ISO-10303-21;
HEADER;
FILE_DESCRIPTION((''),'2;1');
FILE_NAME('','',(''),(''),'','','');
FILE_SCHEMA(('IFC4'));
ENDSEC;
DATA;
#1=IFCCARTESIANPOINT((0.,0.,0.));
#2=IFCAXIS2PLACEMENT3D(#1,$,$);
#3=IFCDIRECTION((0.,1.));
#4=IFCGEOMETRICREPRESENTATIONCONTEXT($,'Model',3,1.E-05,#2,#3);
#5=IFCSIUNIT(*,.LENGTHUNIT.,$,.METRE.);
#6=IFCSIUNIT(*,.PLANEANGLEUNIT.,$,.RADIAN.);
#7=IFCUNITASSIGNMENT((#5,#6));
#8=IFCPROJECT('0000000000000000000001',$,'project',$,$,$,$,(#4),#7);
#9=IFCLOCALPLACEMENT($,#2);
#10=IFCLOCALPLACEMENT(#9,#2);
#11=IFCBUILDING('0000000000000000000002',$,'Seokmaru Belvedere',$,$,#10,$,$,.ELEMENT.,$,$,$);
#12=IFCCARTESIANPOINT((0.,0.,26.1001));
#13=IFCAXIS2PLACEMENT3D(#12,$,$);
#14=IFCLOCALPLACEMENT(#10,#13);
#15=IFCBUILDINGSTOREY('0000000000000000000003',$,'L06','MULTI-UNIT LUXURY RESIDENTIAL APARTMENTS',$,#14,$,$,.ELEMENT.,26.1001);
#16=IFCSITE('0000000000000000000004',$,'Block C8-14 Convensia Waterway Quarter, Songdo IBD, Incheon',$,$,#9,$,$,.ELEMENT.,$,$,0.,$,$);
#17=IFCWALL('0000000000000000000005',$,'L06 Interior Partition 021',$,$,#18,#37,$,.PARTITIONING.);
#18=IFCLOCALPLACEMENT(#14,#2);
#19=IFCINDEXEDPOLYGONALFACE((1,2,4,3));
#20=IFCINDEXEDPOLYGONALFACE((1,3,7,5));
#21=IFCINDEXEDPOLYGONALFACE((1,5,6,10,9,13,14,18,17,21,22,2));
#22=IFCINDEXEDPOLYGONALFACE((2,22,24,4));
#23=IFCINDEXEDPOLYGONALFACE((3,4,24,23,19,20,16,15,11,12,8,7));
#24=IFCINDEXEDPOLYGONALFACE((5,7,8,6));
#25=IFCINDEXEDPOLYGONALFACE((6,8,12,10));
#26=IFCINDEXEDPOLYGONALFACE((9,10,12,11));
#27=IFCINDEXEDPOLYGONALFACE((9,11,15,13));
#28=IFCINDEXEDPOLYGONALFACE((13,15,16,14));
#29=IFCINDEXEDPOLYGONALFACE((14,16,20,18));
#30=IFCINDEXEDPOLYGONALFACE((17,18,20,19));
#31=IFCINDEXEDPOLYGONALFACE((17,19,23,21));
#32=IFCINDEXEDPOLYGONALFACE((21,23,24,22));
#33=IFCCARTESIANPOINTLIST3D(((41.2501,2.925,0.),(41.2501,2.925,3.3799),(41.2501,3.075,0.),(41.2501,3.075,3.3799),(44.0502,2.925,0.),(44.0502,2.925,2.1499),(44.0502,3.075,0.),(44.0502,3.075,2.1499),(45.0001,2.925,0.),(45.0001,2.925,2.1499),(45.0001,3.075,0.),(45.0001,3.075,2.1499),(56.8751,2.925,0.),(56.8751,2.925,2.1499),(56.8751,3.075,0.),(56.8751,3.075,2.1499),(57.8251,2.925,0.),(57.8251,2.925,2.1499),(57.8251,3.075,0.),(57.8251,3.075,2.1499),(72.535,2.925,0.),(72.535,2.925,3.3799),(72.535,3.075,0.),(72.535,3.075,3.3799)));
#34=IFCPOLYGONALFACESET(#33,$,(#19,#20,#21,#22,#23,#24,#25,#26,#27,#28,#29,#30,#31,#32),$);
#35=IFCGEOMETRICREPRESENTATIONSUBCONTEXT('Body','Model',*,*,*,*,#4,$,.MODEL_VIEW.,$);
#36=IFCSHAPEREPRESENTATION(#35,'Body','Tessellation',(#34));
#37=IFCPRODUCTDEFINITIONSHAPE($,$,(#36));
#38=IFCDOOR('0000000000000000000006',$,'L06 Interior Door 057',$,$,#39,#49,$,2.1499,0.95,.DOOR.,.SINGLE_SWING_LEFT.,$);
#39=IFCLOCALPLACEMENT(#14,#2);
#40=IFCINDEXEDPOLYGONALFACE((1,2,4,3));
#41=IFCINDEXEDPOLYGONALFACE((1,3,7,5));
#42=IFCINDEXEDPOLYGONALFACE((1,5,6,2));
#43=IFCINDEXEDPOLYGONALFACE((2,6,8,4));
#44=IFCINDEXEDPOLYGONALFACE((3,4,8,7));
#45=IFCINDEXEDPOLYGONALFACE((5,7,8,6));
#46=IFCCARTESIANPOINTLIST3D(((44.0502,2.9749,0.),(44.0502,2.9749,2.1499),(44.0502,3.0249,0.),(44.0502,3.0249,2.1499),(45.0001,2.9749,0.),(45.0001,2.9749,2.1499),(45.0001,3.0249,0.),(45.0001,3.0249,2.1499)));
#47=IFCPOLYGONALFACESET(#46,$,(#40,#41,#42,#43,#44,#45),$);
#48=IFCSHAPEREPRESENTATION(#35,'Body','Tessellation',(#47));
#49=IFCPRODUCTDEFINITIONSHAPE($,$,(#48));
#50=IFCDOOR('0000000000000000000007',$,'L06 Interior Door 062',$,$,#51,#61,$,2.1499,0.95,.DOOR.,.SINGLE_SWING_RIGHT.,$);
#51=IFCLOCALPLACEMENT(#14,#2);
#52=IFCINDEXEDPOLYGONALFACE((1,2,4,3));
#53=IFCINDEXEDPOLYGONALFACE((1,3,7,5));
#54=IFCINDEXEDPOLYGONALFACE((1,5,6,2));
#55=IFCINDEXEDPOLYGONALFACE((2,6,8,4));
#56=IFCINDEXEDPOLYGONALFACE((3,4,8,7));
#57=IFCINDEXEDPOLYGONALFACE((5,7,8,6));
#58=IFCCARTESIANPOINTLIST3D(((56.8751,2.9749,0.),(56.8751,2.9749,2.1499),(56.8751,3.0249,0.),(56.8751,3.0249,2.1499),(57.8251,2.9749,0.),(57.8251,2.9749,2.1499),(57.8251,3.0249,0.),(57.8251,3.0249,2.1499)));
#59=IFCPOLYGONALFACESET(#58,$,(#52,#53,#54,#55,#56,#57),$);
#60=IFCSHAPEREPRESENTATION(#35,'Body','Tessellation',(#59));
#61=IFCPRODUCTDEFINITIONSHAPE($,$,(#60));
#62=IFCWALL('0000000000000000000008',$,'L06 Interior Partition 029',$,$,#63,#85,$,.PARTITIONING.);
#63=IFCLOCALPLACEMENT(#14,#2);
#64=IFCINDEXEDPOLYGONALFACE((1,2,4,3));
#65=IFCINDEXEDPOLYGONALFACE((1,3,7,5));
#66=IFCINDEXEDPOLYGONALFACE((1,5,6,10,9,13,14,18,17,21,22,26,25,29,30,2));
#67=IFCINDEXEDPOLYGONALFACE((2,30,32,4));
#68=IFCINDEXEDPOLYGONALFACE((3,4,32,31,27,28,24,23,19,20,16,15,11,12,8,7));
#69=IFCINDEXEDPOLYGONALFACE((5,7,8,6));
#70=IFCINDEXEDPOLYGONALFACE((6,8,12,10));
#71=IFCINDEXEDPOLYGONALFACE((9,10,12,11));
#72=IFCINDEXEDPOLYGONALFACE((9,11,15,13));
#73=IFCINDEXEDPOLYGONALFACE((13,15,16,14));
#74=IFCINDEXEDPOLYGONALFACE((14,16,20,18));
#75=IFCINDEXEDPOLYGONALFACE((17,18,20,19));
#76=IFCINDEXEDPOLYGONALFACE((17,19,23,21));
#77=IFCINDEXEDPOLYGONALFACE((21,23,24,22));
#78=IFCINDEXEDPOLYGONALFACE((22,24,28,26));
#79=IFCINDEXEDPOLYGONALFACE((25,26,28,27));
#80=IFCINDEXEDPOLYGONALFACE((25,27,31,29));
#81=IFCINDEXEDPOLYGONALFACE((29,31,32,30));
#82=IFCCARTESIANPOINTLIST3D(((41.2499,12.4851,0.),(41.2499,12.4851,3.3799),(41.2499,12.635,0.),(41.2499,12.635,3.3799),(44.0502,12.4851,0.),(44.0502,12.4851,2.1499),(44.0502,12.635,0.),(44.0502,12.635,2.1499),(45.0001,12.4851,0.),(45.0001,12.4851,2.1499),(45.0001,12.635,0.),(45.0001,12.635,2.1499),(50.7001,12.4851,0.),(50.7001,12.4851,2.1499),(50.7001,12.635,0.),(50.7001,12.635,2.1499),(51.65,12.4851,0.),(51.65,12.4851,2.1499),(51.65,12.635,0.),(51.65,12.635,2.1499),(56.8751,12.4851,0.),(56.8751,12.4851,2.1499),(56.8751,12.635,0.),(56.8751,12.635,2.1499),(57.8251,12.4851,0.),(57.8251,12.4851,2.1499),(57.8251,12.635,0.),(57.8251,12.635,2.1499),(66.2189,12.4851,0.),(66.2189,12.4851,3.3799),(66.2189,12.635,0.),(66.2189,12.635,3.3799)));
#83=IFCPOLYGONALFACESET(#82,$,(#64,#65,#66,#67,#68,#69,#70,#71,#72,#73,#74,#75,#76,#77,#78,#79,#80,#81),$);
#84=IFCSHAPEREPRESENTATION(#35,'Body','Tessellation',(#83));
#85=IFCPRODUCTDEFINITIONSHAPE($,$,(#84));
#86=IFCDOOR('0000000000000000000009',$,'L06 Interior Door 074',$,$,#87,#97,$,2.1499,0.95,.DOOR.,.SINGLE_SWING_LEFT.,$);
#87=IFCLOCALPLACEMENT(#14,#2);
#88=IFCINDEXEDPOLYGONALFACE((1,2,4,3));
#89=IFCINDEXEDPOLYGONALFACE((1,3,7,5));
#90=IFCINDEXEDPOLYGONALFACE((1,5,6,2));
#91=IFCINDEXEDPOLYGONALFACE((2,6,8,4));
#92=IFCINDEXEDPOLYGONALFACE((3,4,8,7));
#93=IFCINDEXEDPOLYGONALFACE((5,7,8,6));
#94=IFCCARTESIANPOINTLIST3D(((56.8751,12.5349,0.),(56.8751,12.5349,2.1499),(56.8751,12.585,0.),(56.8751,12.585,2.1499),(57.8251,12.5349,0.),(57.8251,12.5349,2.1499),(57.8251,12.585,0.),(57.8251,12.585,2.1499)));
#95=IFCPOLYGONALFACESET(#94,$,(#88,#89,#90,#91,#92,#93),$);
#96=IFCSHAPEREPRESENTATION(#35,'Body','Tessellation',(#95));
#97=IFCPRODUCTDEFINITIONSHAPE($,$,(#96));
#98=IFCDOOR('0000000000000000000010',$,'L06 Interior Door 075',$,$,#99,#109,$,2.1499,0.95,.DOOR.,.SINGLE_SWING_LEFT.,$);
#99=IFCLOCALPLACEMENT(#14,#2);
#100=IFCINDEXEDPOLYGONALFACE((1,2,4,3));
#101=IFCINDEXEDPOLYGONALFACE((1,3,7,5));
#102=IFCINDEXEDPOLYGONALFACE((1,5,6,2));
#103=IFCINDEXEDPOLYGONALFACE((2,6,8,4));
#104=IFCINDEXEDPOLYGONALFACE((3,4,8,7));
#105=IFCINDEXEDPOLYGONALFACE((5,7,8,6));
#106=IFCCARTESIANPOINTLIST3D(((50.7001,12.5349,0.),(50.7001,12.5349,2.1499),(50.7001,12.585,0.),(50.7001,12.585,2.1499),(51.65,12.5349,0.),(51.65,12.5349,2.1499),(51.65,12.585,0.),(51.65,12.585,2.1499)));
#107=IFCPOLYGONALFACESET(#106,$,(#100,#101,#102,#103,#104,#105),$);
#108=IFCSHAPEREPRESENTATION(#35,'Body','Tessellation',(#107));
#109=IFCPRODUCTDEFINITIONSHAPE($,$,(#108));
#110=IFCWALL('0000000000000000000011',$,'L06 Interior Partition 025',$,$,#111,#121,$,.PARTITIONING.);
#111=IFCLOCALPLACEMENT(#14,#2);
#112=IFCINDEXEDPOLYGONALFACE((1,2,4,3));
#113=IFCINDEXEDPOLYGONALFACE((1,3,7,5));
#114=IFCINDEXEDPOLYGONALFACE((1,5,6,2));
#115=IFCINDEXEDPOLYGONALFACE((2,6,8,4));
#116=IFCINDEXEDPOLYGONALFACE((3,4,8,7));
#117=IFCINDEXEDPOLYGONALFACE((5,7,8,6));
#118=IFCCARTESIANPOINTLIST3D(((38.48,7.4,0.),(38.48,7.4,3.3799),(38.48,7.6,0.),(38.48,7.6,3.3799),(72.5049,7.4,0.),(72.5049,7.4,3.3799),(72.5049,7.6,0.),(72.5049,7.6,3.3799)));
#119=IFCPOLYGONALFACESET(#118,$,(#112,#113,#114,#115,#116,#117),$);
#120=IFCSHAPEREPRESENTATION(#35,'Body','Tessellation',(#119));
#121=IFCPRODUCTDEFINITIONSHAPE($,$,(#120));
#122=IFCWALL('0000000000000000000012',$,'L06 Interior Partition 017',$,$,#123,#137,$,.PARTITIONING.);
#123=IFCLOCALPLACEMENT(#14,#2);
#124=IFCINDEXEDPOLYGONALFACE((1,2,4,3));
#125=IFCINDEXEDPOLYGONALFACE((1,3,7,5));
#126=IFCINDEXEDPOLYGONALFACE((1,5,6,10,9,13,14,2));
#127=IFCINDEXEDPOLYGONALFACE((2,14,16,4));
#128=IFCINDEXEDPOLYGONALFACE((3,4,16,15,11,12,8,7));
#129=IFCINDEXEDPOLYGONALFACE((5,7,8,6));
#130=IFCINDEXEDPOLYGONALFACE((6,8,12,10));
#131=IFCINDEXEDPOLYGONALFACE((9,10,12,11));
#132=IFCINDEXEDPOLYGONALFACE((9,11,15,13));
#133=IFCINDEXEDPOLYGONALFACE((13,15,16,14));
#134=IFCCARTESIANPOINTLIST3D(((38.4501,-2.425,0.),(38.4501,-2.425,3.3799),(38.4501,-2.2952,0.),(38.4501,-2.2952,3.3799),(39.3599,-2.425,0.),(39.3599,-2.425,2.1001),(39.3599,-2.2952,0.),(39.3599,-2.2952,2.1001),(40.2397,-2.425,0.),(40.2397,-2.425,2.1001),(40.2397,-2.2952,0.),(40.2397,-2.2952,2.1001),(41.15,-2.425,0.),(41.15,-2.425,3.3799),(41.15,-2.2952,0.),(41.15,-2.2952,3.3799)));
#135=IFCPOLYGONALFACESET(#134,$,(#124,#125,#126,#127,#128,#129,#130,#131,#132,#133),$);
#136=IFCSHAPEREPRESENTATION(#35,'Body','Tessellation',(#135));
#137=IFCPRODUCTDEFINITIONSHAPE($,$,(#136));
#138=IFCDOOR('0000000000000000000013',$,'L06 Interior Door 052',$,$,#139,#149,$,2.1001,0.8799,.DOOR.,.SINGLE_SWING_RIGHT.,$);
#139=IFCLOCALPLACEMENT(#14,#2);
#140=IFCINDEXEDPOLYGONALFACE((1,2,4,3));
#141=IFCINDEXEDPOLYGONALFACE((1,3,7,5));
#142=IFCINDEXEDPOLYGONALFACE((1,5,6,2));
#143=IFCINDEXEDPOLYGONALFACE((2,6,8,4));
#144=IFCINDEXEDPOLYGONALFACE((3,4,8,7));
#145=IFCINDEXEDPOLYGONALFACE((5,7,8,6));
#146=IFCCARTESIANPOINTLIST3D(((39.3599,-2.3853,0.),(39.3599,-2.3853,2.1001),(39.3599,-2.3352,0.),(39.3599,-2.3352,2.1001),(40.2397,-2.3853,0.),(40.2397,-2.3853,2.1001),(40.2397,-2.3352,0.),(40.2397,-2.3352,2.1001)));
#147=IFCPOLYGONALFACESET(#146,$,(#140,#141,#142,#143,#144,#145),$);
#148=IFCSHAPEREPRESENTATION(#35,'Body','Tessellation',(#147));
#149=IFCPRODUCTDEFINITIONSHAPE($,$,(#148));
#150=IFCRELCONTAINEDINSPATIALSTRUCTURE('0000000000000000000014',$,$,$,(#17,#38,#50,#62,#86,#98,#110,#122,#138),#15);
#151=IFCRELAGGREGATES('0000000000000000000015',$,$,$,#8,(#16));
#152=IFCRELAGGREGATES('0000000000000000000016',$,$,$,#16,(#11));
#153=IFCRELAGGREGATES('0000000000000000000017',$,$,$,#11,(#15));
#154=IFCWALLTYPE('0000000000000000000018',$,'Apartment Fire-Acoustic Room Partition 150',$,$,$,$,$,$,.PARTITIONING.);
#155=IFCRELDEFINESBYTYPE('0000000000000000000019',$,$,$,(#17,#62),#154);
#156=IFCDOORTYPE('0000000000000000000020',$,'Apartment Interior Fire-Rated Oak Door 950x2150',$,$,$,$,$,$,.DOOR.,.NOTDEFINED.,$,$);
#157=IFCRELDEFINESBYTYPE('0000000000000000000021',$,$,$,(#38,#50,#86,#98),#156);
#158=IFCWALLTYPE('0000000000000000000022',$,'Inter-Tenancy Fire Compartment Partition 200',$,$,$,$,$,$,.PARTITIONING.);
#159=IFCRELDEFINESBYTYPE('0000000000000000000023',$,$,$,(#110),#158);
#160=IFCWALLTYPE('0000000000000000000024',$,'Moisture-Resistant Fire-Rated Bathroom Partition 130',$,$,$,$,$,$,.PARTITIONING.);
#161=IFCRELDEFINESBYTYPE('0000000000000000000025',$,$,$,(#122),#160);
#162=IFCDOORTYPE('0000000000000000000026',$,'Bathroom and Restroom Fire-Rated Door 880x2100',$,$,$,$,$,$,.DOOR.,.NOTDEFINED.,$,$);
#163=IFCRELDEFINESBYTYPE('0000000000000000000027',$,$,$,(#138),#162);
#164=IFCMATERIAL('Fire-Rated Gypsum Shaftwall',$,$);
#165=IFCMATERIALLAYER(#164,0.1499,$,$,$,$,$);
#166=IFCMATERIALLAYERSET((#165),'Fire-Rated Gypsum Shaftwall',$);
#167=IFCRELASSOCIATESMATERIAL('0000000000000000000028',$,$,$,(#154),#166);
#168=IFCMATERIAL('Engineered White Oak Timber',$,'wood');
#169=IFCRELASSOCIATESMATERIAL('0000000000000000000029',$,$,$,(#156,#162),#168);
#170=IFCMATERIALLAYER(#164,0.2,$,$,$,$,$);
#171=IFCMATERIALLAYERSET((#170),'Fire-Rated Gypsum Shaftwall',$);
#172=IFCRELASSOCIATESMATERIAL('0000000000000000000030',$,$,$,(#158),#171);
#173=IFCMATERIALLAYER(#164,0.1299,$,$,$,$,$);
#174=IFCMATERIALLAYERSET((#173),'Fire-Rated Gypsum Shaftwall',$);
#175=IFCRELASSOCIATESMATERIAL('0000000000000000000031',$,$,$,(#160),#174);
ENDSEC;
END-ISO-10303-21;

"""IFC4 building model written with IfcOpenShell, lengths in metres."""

from ifc_helpers import new_model, si_unit, direction, frame, frame_2d, origin, place, context, subcontext, project, spatial, rectangle, extrude, source, transform, mapped, material, layer, layer_set, type_object, type_shapes, element, fill, save


model = new_model("IFC4")

# Units and contexts
model_context = context("Model", 3, precision=1e-05, world=origin(), true_north=direction((0.0, 1.0)))
body_context = subcontext(model_context, "Body", "Model", "MODEL_VIEW")
ifc_project = project(units=[si_unit("LENGTHUNIT", "METRE"), si_unit("PLANEANGLEUNIT", "RADIAN")], contexts=[model_context])

# Site, building, storey
site_placement = place(None, origin())
site = spatial("IfcSite", under=ifc_project, at=site_placement, Name="Block C8-14 Convensia Waterway Quarter, Songdo IBD, Incheon", CompositionType="ELEMENT", RefElevation=0.0)
building_placement = place(site_placement, origin())
building = spatial("IfcBuilding", under=site, at=building_placement, Name="Seokmaru Belvedere", CompositionType="ELEMENT")
storey_placement = place(building_placement, frame((0.0, 0.0, 26.1001)))
storey = spatial("IfcBuildingStorey", under=building, at=storey_placement, Name="L06", Description="MULTI-UNIT LUXURY RESIDENTIAL APARTMENTS", CompositionType="ELEMENT", Elevation=26.1001)

# Wall, openings, doors
ifc_material_1 = material(Name="Fire-Rated Gypsum Shaftwall")
ifc_layer_1 = layer(ifc_material_1, 0.1499)
ifc_layer_set_1 = layer_set([ifc_layer_1], Name="Fire-Rated Gypsum Shaftwall")
wall_type_1 = type_object("IfcWallType", Name="Apartment Fire-Acoustic Room Partition 150", PredefinedType="PARTITIONING", material=ifc_layer_set_1)
ifc_material_2 = material(Name="Engineered White Oak Timber", Category="wood")
door_type_1 = type_object("IfcDoorType", Name="Apartment Interior Fire-Rated Oak Door 950x2150", OperationType="NOTDEFINED", PredefinedType="DOOR", material=ifc_material_2)
shared_shape_1 = source(origin(), body_context, "Body", "SweptSolid", [
    extrude(rectangle(XDim=0.95, YDim=2.1499, at=frame_2d((0.4751, 1.075))), frame((0.0, 0.0249, 0.0), z_axis=(0.0, -1.0, 0.0), x_axis=(1.0, 0.0, 0.0)), (0.0, 0.0, 1.0), 0.05),
])
type_shapes(door_type_1, [shared_shape_1])
wall_1_placement = place(storey_placement, frame((41.25, 3.0, 0.0), z_axis=(0.0, 0.0, 1.0), x_axis=(1.0, 0.0, 0.0)))
wall_1 = element("IfcWall", 1, at=wall_1_placement, inside=storey, type_object=wall_type_1, Name="L06 Interior Partition 021", PredefinedType="PARTITIONING", context=body_context, shape_type="SweptSolid", body=[
    extrude(rectangle(XDim=31.2849, YDim=0.1499, at=frame_2d((15.6426, 0.0))), origin(), (0.0, 0.0, 1.0), 3.3799),
])
opening_1_placement = place(wall_1_placement, frame((2.8, 0.0, 0.0)))
opening_1 = element("IfcOpeningElement", 2, at=opening_1_placement, cuts=wall_1, PredefinedType="OPENING", context=body_context, shape_type="SweptSolid", body=[
    extrude(rectangle(XDim=0.95, YDim=2.1499, at=frame_2d((0.4751, 1.075))), frame((0.0, 0.085, 0.0), z_axis=(0.0, -1.0, 0.0), x_axis=(1.0, 0.0, 0.0)), (0.0, 0.0, 1.0), 0.1699),
])
opening_2_placement = place(wall_1_placement, frame((15.625, 0.0, 0.0)))
opening_2 = element("IfcOpeningElement", 3, at=opening_2_placement, cuts=wall_1, PredefinedType="OPENING", context=body_context, shape_type="SweptSolid", body=[
    extrude(rectangle(XDim=0.95, YDim=2.1499, at=frame_2d((0.4751, 1.075))), frame((0.0, 0.085, 0.0), z_axis=(0.0, -1.0, 0.0), x_axis=(1.0, 0.0, 0.0)), (0.0, 0.0, 1.0), 0.1699),
])
door_1_placement = place(opening_1_placement, origin())
door_1 = element("IfcDoor", 4, at=door_1_placement, inside=storey, type_object=door_type_1, Name="L06 Interior Door 057", OperationType="SINGLE_SWING_LEFT", OverallHeight=2.1499, OverallWidth=0.95, PredefinedType="DOOR", context=body_context, shape_type="MappedRepresentation", body=[
    mapped(shared_shape_1, transform((0.0, 0.0, 0.0), scale=1.0)),
])
fill(opening_1, door_1)
door_2_placement = place(opening_2_placement, origin())
door_2 = element("IfcDoor", 5, at=door_2_placement, inside=storey, type_object=door_type_1, Name="L06 Interior Door 062", OperationType="SINGLE_SWING_RIGHT", OverallHeight=2.1499, OverallWidth=0.95, PredefinedType="DOOR", context=body_context, shape_type="MappedRepresentation", body=[
    mapped(shared_shape_1, transform((0.0, 0.0, 0.0), scale=1.0)),
])
fill(opening_2, door_2)

# Wall, openings, doors
wall_2_placement = place(storey_placement, frame((41.25, 12.5601, 0.0), z_axis=(0.0, 0.0, 1.0), x_axis=(1.0, 0.0, 0.0)))
wall_2 = element("IfcWall", 6, at=wall_2_placement, inside=storey, type_object=wall_type_1, Name="L06 Interior Partition 029", PredefinedType="PARTITIONING", context=body_context, shape_type="SweptSolid", body=[
    extrude(rectangle(XDim=24.969, YDim=0.1499, at=frame_2d((12.4844, 0.0))), origin(), (0.0, 0.0, 1.0), 3.3799),
])
opening_3_placement = place(wall_2_placement, frame((2.8, 0.0, 0.0)))
element("IfcOpeningElement", 7, at=opening_3_placement, cuts=wall_2, PredefinedType="OPENING", context=body_context, shape_type="SweptSolid", body=[
    extrude(rectangle(XDim=0.95, YDim=2.1499, at=frame_2d((0.4751, 1.075))), frame((0.0, 0.085, 0.0), z_axis=(0.0, -1.0, 0.0), x_axis=(1.0, 0.0, 0.0)), (0.0, 0.0, 1.0), 0.1699),
])
opening_4_placement = place(wall_2_placement, frame((15.625, 0.0, 0.0)))
opening_4 = element("IfcOpeningElement", 8, at=opening_4_placement, cuts=wall_2, PredefinedType="OPENING", context=body_context, shape_type="SweptSolid", body=[
    extrude(rectangle(XDim=0.95, YDim=2.1499, at=frame_2d((0.4751, 1.075))), frame((0.0, 0.085, 0.0), z_axis=(0.0, -1.0, 0.0), x_axis=(1.0, 0.0, 0.0)), (0.0, 0.0, 1.0), 0.1699),
])
opening_5_placement = place(wall_2_placement, frame((9.45, 0.0, 0.0)))
opening_5 = element("IfcOpeningElement", 9, at=opening_5_placement, cuts=wall_2, PredefinedType="OPENING", context=body_context, shape_type="SweptSolid", body=[
    extrude(rectangle(XDim=0.95, YDim=2.1499, at=frame_2d((0.4751, 1.075))), frame((0.0, 0.085, 0.0), z_axis=(0.0, -1.0, 0.0), x_axis=(1.0, 0.0, 0.0)), (0.0, 0.0, 1.0), 0.1699),
])
door_3_placement = place(opening_4_placement, origin())
door_3 = element("IfcDoor", 10, at=door_3_placement, inside=storey, type_object=door_type_1, Name="L06 Interior Door 074", OperationType="SINGLE_SWING_LEFT", OverallHeight=2.1499, OverallWidth=0.95, PredefinedType="DOOR", context=body_context, shape_type="MappedRepresentation", body=[
    mapped(shared_shape_1, transform((0.0, 0.0, 0.0), scale=1.0)),
])
fill(opening_4, door_3)
door_4_placement = place(opening_5_placement, origin())
door_4 = element("IfcDoor", 11, at=door_4_placement, inside=storey, type_object=door_type_1, Name="L06 Interior Door 075", OperationType="SINGLE_SWING_LEFT", OverallHeight=2.1499, OverallWidth=0.95, PredefinedType="DOOR", context=body_context, shape_type="MappedRepresentation", body=[
    mapped(shared_shape_1, transform((0.0, 0.0, 0.0), scale=1.0)),
])
fill(opening_5, door_4)

# Wall
ifc_layer_2 = layer(ifc_material_1, 0.2)
ifc_layer_set_2 = layer_set([ifc_layer_2], Name="Fire-Rated Gypsum Shaftwall")
wall_type_2 = type_object("IfcWallType", Name="Inter-Tenancy Fire Compartment Partition 200", PredefinedType="PARTITIONING", material=ifc_layer_set_2)
wall_3_placement = place(storey_placement, frame((38.48, 7.5, 0.0), z_axis=(0.0, 0.0, 1.0), x_axis=(1.0, 0.0, 0.0)))
element("IfcWall", 12, at=wall_3_placement, inside=storey, type_object=wall_type_2, Name="L06 Interior Partition 025", PredefinedType="PARTITIONING", context=body_context, shape_type="SweptSolid", body=[
    extrude(rectangle(XDim=34.0249, YDim=0.2, at=frame_2d((17.0125, 0.0))), origin(), (0.0, 0.0, 1.0), 3.3799),
])

# Wall, opening, door
ifc_layer_3 = layer(ifc_material_1, 0.1299)
ifc_layer_set_3 = layer_set([ifc_layer_3], Name="Fire-Rated Gypsum Shaftwall")
wall_type_3 = type_object("IfcWallType", Name="Moisture-Resistant Fire-Rated Bathroom Partition 130", PredefinedType="PARTITIONING", material=ifc_layer_set_3)
wall_4_placement = place(storey_placement, frame((38.45, -2.3601, 0.0), z_axis=(0.0, 0.0, 1.0), x_axis=(1.0, 0.0, 0.0)))
wall_4 = element("IfcWall", 13, at=wall_4_placement, inside=storey, type_object=wall_type_3, Name="L06 Interior Partition 017", PredefinedType="PARTITIONING", context=body_context, shape_type="SweptSolid", body=[
    extrude(rectangle(XDim=2.7, YDim=0.1299, at=frame_2d((1.3501, 0.0))), origin(), (0.0, 0.0, 1.0), 3.3799),
])
opening_6_placement = place(wall_4_placement, frame((0.9099, 0.0, 0.0)))
opening_6 = element("IfcOpeningElement", 14, at=opening_6_placement, cuts=wall_4, PredefinedType="OPENING", context=body_context, shape_type="SweptSolid", body=[
    extrude(rectangle(XDim=0.8799, YDim=2.1001, at=frame_2d((0.4399, 1.05))), frame((0.0, 0.075, 0.0), z_axis=(0.0, -1.0, 0.0), x_axis=(1.0, 0.0, 0.0)), (0.0, 0.0, 1.0), 0.1499),
])
door_type_2 = type_object("IfcDoorType", Name="Bathroom and Restroom Fire-Rated Door 880x2100", OperationType="NOTDEFINED", PredefinedType="DOOR", material=ifc_material_2)
shared_shape_2 = source(origin(), body_context, "Body", "SweptSolid", [
    extrude(rectangle(XDim=0.8799, YDim=2.1001, at=frame_2d((0.4399, 1.05))), frame((0.0, 0.0249, 0.0), z_axis=(0.0, -1.0, 0.0), x_axis=(1.0, 0.0, 0.0)), (0.0, 0.0, 1.0), 0.05),
])
type_shapes(door_type_2, [shared_shape_2])
door_5_placement = place(opening_6_placement, origin())
door_5 = element("IfcDoor", 15, at=door_5_placement, inside=storey, type_object=door_type_2, Name="L06 Interior Door 052", OperationType="SINGLE_SWING_RIGHT", OverallHeight=2.1001, OverallWidth=0.8799, PredefinedType="DOOR", context=body_context, shape_type="MappedRepresentation", body=[
    mapped(shared_shape_2, transform((0.0, 0.0, 0.0), scale=1.0)),
])
fill(opening_6, door_5)

save(model, "model.ifc")
